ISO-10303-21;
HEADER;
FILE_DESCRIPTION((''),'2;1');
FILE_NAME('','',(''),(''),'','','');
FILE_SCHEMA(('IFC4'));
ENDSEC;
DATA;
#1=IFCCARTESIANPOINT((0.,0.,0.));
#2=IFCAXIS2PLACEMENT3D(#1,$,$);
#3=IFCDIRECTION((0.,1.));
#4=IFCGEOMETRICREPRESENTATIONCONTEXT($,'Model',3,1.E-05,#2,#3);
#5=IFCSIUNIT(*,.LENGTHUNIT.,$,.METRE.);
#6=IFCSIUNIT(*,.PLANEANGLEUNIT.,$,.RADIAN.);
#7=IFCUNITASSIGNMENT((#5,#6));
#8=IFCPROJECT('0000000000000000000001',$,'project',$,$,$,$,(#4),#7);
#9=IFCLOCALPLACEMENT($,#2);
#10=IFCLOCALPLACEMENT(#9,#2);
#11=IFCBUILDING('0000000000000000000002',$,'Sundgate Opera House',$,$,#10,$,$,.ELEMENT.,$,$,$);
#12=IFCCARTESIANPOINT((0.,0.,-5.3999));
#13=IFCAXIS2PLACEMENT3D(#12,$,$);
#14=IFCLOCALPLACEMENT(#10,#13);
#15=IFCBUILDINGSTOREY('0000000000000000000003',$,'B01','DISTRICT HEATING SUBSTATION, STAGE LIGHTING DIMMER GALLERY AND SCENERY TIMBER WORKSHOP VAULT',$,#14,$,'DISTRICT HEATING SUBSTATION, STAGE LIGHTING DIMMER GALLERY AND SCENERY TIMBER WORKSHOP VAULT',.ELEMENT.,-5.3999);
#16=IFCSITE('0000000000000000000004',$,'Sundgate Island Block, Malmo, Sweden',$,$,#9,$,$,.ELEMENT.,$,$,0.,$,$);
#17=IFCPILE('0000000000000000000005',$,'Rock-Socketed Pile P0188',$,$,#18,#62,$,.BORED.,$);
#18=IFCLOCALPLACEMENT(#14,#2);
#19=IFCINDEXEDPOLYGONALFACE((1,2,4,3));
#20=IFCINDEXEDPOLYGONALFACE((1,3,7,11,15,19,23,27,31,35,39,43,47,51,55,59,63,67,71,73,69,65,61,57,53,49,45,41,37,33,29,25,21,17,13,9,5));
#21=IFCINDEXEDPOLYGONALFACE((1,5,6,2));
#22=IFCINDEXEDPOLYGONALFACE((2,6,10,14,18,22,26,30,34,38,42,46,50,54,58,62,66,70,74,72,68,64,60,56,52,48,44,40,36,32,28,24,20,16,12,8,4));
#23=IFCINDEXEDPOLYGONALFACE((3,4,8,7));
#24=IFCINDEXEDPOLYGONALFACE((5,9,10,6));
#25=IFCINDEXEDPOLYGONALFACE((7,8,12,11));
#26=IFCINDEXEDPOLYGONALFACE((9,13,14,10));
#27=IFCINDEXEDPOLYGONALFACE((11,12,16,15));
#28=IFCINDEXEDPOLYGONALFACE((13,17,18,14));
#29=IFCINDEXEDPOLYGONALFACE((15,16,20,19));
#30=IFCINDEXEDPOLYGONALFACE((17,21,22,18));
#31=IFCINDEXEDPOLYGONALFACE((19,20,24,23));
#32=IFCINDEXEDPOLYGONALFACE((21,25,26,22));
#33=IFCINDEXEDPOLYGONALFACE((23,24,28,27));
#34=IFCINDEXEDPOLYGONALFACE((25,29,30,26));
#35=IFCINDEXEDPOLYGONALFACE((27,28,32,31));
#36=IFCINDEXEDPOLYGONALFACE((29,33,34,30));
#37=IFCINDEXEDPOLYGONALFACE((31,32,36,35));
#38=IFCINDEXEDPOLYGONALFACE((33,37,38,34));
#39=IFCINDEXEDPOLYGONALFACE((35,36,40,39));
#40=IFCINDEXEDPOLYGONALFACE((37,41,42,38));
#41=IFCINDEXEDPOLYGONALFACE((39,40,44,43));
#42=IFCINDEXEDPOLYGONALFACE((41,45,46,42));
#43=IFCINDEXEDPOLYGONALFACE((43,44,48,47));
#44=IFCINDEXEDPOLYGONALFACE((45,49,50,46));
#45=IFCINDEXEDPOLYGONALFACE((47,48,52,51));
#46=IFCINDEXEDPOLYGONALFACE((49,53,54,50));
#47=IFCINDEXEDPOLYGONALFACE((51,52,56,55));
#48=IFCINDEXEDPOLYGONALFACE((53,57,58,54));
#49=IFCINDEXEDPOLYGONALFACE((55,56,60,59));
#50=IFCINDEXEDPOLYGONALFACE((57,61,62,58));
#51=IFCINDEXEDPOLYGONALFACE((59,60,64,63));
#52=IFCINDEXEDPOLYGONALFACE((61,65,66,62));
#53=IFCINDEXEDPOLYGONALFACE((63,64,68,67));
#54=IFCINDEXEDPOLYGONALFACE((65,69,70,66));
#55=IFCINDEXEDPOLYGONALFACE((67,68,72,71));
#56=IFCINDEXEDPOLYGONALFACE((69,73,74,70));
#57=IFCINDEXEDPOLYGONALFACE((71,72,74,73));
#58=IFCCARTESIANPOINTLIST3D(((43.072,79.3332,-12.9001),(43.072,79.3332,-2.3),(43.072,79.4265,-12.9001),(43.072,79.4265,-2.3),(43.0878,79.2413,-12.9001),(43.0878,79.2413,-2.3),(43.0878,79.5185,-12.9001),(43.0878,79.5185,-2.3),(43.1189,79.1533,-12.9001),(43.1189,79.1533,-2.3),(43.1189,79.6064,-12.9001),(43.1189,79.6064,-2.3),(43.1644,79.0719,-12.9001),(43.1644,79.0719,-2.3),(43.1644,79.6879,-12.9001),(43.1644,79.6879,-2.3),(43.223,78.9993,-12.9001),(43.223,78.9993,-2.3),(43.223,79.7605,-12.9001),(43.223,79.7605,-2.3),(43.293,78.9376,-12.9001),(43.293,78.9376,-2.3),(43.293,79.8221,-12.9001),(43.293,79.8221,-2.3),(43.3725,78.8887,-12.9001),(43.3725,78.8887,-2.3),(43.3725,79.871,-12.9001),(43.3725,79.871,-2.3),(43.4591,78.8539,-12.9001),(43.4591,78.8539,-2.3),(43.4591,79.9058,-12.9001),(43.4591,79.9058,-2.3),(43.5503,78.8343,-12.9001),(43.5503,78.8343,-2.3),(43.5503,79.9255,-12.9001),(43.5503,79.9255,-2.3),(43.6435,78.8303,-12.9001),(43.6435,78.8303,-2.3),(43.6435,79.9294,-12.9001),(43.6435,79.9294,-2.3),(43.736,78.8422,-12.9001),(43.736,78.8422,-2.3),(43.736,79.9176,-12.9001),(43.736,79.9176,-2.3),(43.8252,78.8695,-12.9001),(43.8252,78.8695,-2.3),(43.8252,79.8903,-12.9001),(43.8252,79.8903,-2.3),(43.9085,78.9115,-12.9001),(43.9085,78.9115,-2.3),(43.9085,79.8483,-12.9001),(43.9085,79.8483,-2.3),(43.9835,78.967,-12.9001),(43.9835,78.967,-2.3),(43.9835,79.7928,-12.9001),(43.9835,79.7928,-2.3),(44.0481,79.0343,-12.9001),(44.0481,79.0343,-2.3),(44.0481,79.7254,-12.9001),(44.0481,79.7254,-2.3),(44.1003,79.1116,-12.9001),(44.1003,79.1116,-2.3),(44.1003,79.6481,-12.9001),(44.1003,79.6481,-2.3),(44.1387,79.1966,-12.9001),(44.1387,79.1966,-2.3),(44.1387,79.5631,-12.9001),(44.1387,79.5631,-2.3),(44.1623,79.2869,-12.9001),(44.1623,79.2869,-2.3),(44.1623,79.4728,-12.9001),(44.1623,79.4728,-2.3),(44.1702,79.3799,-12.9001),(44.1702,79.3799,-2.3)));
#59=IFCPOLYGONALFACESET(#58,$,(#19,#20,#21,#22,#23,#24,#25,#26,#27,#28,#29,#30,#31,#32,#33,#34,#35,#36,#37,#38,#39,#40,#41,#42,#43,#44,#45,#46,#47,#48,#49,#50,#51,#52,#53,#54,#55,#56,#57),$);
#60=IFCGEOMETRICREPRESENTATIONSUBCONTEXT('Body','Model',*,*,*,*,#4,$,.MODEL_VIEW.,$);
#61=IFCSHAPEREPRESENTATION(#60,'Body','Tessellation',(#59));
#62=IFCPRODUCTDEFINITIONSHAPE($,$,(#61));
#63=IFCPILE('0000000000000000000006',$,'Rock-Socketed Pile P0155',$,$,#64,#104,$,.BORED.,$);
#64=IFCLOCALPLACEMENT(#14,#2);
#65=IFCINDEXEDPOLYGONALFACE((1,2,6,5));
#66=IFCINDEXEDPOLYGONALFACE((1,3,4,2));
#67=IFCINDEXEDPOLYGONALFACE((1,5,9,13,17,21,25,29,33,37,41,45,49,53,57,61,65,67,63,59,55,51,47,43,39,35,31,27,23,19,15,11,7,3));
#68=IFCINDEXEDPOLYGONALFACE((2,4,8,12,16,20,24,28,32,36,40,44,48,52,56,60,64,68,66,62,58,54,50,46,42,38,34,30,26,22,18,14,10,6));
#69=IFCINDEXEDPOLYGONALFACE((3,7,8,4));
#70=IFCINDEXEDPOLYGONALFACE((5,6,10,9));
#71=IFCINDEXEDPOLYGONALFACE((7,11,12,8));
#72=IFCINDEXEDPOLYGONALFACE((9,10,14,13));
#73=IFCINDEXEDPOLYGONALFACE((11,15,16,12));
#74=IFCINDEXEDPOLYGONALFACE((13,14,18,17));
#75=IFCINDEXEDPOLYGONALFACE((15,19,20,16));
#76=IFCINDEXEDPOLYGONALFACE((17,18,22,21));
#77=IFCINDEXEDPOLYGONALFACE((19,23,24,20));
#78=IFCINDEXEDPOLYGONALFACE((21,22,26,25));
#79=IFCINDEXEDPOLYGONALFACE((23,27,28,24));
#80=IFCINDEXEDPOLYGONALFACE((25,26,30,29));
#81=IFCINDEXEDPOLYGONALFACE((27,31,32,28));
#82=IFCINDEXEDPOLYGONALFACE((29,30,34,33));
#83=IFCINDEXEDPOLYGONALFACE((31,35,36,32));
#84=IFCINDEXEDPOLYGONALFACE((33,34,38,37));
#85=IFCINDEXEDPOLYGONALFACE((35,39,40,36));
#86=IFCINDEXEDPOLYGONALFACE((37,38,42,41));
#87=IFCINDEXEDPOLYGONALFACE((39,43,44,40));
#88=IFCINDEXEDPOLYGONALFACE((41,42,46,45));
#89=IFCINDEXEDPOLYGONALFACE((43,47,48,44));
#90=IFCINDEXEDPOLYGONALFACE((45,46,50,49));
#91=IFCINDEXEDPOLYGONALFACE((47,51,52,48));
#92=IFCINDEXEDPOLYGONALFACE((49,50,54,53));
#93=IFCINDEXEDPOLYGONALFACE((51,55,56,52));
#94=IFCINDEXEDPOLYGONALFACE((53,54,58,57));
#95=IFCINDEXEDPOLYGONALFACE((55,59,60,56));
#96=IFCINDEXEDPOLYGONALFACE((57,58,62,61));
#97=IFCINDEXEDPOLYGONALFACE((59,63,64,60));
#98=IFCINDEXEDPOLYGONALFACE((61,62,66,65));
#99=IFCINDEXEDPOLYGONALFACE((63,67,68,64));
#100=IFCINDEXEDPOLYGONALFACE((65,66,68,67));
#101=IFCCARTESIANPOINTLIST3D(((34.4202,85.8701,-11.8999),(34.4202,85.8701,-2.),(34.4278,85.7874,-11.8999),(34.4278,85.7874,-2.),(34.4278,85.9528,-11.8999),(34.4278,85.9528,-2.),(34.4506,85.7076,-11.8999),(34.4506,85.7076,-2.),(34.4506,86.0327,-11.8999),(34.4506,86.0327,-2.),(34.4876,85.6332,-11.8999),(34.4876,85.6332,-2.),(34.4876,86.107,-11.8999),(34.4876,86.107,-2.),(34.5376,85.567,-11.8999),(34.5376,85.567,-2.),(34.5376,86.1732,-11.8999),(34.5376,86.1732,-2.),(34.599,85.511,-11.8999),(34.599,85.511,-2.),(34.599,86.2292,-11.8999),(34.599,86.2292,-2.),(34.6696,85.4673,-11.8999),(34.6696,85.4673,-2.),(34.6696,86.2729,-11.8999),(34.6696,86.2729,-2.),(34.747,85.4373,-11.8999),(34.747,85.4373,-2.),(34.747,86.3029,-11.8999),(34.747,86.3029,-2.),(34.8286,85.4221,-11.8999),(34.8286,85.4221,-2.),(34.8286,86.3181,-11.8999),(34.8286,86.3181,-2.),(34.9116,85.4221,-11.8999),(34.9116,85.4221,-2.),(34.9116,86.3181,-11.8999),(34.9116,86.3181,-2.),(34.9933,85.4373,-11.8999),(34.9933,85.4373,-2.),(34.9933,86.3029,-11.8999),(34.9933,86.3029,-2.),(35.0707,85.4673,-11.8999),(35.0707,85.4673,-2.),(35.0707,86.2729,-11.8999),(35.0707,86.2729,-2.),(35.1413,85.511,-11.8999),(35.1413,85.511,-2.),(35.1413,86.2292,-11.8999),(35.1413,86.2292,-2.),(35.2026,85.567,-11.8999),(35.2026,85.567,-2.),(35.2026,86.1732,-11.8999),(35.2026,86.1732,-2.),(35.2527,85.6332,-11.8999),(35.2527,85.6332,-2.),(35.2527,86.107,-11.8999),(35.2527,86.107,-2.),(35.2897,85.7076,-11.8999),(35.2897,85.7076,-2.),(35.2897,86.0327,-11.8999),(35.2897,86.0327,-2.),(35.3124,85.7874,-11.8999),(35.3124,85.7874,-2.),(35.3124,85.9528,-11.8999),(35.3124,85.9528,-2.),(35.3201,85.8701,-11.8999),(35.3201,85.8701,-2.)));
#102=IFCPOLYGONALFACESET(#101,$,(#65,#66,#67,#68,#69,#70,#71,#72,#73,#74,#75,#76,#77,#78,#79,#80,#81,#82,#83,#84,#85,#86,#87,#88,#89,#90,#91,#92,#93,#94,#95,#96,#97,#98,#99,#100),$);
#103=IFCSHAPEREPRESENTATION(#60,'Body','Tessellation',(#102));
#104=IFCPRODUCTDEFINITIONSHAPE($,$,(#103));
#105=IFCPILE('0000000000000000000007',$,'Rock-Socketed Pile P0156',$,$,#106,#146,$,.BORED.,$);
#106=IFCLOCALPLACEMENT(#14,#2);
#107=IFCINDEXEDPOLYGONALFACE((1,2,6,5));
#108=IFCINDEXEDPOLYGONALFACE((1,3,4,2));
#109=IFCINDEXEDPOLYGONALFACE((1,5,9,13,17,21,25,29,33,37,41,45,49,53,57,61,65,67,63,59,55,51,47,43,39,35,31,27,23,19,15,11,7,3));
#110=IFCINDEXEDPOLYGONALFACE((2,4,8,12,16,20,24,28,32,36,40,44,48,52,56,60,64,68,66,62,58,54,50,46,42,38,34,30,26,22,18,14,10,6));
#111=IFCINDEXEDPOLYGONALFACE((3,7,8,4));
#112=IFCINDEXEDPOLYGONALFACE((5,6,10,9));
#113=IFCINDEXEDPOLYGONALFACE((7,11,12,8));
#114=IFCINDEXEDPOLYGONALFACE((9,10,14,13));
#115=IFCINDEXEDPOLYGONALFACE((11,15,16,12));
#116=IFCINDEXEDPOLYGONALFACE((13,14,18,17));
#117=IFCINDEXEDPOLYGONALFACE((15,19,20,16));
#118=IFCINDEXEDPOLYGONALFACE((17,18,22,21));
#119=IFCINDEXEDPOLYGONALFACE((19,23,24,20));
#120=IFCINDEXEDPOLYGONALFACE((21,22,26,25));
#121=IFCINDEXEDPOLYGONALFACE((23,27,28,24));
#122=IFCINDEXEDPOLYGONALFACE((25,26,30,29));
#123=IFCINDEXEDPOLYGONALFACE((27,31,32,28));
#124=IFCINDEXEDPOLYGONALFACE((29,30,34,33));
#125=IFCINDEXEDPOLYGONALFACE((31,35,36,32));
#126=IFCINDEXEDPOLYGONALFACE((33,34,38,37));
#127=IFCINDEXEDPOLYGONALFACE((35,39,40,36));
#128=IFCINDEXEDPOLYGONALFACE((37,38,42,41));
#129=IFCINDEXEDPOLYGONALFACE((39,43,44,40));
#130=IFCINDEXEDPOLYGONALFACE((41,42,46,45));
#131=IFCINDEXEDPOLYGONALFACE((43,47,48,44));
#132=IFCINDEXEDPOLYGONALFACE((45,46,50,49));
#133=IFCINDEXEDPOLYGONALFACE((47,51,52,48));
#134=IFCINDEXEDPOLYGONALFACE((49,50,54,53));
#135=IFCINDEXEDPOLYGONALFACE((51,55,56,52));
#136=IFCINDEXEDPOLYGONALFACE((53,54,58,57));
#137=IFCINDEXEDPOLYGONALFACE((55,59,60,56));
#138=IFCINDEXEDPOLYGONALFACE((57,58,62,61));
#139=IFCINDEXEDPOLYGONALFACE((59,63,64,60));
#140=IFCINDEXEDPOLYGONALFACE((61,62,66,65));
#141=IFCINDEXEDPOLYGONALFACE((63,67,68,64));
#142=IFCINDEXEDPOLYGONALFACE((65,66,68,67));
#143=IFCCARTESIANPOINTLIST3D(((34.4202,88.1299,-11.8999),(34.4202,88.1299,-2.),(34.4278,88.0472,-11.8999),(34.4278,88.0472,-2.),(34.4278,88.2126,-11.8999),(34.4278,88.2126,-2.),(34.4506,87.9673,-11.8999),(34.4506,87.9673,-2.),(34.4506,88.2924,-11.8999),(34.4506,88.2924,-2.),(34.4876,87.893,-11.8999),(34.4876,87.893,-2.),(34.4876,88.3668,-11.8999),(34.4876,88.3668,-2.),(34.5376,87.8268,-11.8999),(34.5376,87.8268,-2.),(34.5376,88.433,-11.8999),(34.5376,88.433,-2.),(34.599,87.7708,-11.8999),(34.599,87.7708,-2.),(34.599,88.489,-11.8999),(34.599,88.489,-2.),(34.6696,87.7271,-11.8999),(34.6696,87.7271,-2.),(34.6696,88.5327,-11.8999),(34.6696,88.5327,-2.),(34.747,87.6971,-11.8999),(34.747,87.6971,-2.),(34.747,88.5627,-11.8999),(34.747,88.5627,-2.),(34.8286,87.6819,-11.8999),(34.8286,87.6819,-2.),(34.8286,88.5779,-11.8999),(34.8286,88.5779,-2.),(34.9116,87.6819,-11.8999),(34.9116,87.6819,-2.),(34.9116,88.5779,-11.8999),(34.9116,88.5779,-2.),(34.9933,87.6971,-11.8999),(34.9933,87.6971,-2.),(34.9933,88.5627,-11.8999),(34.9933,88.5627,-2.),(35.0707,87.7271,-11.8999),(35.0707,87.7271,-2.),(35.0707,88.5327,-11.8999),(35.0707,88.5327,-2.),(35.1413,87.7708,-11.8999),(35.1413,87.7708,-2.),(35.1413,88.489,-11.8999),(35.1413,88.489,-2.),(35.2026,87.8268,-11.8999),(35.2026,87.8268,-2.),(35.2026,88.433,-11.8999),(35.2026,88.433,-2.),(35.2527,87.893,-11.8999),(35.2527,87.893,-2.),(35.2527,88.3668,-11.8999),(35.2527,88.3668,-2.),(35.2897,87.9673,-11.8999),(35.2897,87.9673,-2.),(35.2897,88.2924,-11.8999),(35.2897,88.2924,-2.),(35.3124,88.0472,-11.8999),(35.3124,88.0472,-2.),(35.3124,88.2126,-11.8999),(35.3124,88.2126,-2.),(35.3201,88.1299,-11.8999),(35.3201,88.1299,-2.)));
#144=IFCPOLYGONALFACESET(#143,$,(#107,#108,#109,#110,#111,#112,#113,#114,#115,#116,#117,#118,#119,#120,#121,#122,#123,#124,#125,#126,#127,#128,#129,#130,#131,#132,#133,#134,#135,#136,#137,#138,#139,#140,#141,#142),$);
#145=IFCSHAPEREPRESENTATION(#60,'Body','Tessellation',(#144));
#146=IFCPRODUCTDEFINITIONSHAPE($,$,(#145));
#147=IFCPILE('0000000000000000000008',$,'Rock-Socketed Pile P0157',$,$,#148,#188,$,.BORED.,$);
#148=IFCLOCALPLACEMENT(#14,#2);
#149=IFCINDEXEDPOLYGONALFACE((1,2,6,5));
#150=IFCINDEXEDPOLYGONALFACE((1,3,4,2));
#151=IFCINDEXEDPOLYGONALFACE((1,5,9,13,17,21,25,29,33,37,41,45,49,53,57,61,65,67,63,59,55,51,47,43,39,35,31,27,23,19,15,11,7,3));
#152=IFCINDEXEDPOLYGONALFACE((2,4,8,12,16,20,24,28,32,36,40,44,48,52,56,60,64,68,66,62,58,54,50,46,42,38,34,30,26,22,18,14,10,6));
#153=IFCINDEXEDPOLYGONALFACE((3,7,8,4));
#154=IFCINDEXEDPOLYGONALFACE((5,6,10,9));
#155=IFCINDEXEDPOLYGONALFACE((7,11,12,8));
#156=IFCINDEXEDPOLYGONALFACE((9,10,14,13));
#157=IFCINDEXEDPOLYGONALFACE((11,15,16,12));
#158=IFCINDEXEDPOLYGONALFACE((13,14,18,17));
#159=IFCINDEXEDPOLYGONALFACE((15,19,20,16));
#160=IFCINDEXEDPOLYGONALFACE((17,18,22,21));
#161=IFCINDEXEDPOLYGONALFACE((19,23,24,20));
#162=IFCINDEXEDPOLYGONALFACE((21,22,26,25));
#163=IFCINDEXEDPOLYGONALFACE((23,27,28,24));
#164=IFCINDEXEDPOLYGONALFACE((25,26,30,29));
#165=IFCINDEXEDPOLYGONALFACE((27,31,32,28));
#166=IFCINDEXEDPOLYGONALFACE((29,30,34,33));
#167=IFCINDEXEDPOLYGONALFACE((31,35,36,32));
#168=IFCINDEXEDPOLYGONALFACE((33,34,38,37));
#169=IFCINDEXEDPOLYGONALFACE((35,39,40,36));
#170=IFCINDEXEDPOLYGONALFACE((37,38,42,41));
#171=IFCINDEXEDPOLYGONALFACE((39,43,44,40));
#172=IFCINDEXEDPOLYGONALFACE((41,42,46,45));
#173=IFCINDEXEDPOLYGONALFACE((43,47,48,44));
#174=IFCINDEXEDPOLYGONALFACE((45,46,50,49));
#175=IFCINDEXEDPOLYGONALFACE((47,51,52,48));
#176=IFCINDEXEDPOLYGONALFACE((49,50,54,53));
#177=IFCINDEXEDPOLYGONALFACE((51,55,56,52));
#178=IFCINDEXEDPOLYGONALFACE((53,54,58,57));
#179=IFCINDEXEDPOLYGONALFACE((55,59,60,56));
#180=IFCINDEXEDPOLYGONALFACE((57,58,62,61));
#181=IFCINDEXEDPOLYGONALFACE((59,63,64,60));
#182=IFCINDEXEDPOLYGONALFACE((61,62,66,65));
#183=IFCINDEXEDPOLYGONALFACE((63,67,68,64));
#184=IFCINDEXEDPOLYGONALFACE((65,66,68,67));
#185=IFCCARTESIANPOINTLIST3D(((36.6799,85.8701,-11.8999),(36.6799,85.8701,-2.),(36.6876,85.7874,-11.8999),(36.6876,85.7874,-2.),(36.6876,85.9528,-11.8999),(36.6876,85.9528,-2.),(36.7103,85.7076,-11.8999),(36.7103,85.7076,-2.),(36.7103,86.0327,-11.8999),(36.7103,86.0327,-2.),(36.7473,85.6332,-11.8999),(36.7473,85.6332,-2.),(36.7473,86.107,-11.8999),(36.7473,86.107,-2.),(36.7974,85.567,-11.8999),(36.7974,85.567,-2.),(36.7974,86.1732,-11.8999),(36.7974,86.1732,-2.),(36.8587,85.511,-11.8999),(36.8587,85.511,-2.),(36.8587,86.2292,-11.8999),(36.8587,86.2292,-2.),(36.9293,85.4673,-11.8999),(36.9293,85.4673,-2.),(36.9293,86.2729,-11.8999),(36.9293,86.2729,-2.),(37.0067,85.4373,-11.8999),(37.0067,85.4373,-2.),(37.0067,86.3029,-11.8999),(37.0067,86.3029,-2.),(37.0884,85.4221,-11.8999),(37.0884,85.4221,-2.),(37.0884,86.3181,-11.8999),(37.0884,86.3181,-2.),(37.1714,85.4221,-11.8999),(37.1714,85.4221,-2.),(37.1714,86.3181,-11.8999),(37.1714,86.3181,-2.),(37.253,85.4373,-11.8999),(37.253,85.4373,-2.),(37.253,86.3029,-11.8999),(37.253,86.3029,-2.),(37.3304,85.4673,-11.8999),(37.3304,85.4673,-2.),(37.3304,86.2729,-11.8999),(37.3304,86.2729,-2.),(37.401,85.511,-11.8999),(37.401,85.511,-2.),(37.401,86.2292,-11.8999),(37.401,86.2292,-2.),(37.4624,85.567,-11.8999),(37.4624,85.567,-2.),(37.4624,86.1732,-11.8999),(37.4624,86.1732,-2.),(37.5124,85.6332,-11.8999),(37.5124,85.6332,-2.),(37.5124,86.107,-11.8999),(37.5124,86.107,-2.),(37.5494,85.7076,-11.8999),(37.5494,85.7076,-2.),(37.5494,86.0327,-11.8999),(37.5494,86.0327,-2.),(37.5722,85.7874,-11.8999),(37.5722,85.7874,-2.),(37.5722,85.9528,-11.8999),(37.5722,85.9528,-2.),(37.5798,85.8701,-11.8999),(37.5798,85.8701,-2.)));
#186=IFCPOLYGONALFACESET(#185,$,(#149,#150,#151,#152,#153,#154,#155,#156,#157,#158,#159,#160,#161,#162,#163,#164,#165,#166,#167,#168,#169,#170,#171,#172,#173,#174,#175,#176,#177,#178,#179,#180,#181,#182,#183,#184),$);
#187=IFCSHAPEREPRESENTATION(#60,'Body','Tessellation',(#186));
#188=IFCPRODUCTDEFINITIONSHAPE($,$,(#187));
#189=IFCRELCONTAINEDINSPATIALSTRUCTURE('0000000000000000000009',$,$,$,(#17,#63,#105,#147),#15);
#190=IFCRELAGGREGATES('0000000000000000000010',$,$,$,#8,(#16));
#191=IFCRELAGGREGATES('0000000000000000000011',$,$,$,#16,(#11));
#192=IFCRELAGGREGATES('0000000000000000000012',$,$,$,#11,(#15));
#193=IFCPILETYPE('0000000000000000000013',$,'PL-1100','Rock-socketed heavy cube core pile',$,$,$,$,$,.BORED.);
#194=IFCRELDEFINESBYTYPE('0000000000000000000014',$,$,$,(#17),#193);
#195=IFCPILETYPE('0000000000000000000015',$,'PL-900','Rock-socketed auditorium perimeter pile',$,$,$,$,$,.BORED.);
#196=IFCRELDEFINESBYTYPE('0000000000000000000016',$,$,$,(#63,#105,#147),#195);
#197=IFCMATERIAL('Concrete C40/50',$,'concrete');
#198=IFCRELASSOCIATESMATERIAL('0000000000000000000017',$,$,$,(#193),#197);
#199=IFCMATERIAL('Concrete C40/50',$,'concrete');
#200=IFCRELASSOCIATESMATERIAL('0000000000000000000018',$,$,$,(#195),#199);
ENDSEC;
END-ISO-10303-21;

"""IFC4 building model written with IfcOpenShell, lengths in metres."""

from ifc_helpers import new_model, si_unit, direction, frame, origin, origin_2d, place, context, subcontext, project, spatial, circle, extrude, material, material_profile, profile_set, type_object, element, save


model = new_model("IFC4")

# Units and contexts
model_context = context("Model", 3, precision=1e-05, world=origin(), true_north=direction((0.0, 1.0)))
body_context = subcontext(model_context, "Body", "Model", "MODEL_VIEW")
ifc_project = project(units=[si_unit("LENGTHUNIT", "METRE"), si_unit("PLANEANGLEUNIT", "RADIAN")], contexts=[model_context])

# Site, building, storey
site_placement = place(None, origin())
site = spatial("IfcSite", under=ifc_project, at=site_placement, Name="Sundgate Island Block, Malmo, Sweden", CompositionType="ELEMENT", RefElevation=0.0)
building_placement = place(site_placement, origin())
building = spatial("IfcBuilding", under=site, at=building_placement, Name="Sundgate Opera House", CompositionType="ELEMENT")
storey_placement = place(building_placement, frame((0.0, 0.0, -5.3999)))
storey = spatial("IfcBuildingStorey", under=building, at=storey_placement, Name="B01", Description="DISTRICT HEATING SUBSTATION, STAGE LIGHTING DIMMER GALLERY AND SCENERY TIMBER WORKSHOP VAULT", LongName="DISTRICT HEATING SUBSTATION, STAGE LIGHTING DIMMER GALLERY AND SCENERY TIMBER WORKSHOP VAULT", CompositionType="ELEMENT", Elevation=-5.3999)

# Piles
ifc_material_1 = material(Name="Concrete C40/50", Category="concrete")
ifc_material_profile_1 = material_profile(ifc_material_1, circle(Radius=0.55, at=origin_2d()), Name="PILE D1100")
ifc_profile_set_1 = profile_set([ifc_material_profile_1], Name="Concrete C40/50")
pile_type_1 = type_object("IfcPileType", Name="PL-1100", Description="Rock-socketed heavy cube core pile", PredefinedType="BORED", material=ifc_profile_set_1)
for number, where, z_axis, x_axis, name in (
    (1, (43.6201, 79.3799, -2.3), (0.0, 0.0, -1.0), (1.0, 0.0, 0.0), "Rock-Socketed Pile P0188"),
):
    element("IfcPile", number, at=place(storey_placement, frame(where, z_axis=z_axis, x_axis=x_axis)), inside=storey, type_object=pile_type_1, Name=name, PredefinedType="BORED", context=body_context, shape_type="SweptSolid", body=[
        extrude(circle(Radius=0.55, at=origin_2d()), origin(), (0.0, 0.0, 1.0), 10.6001),
    ])
ifc_material_2 = material(Name="Concrete C40/50", Category="concrete")
ifc_material_profile_2 = material_profile(ifc_material_2, circle(Radius=0.45, at=origin_2d()), Name="PILE D900")
ifc_profile_set_2 = profile_set([ifc_material_profile_2], Name="Concrete C40/50")
pile_type_2 = type_object("IfcPileType", Name="PL-900", Description="Rock-socketed auditorium perimeter pile", PredefinedType="BORED", material=ifc_profile_set_2)
for number, where, z_axis, x_axis, name in (
    (2, (34.8701, 85.8701, -2.0), (0.0, 0.0, -1.0), (1.0, 0.0, 0.0), "Rock-Socketed Pile P0155"),
    (3, (34.8701, 88.1299, -2.0), (0.0, 0.0, -1.0), (1.0, 0.0, 0.0), "Rock-Socketed Pile P0156"),
    (4, (37.1299, 85.8701, -2.0), (0.0, 0.0, -1.0), (1.0, 0.0, 0.0), "Rock-Socketed Pile P0157"),
):
    element("IfcPile", number, at=place(storey_placement, frame(where, z_axis=z_axis, x_axis=x_axis)), inside=storey, type_object=pile_type_2, Name=name, PredefinedType="BORED", context=body_context, shape_type="SweptSolid", body=[
        extrude(circle(Radius=0.45, at=origin_2d()), origin(), (0.0, 0.0, 1.0), 9.8999),
    ])

save(model, "model.ifc")
